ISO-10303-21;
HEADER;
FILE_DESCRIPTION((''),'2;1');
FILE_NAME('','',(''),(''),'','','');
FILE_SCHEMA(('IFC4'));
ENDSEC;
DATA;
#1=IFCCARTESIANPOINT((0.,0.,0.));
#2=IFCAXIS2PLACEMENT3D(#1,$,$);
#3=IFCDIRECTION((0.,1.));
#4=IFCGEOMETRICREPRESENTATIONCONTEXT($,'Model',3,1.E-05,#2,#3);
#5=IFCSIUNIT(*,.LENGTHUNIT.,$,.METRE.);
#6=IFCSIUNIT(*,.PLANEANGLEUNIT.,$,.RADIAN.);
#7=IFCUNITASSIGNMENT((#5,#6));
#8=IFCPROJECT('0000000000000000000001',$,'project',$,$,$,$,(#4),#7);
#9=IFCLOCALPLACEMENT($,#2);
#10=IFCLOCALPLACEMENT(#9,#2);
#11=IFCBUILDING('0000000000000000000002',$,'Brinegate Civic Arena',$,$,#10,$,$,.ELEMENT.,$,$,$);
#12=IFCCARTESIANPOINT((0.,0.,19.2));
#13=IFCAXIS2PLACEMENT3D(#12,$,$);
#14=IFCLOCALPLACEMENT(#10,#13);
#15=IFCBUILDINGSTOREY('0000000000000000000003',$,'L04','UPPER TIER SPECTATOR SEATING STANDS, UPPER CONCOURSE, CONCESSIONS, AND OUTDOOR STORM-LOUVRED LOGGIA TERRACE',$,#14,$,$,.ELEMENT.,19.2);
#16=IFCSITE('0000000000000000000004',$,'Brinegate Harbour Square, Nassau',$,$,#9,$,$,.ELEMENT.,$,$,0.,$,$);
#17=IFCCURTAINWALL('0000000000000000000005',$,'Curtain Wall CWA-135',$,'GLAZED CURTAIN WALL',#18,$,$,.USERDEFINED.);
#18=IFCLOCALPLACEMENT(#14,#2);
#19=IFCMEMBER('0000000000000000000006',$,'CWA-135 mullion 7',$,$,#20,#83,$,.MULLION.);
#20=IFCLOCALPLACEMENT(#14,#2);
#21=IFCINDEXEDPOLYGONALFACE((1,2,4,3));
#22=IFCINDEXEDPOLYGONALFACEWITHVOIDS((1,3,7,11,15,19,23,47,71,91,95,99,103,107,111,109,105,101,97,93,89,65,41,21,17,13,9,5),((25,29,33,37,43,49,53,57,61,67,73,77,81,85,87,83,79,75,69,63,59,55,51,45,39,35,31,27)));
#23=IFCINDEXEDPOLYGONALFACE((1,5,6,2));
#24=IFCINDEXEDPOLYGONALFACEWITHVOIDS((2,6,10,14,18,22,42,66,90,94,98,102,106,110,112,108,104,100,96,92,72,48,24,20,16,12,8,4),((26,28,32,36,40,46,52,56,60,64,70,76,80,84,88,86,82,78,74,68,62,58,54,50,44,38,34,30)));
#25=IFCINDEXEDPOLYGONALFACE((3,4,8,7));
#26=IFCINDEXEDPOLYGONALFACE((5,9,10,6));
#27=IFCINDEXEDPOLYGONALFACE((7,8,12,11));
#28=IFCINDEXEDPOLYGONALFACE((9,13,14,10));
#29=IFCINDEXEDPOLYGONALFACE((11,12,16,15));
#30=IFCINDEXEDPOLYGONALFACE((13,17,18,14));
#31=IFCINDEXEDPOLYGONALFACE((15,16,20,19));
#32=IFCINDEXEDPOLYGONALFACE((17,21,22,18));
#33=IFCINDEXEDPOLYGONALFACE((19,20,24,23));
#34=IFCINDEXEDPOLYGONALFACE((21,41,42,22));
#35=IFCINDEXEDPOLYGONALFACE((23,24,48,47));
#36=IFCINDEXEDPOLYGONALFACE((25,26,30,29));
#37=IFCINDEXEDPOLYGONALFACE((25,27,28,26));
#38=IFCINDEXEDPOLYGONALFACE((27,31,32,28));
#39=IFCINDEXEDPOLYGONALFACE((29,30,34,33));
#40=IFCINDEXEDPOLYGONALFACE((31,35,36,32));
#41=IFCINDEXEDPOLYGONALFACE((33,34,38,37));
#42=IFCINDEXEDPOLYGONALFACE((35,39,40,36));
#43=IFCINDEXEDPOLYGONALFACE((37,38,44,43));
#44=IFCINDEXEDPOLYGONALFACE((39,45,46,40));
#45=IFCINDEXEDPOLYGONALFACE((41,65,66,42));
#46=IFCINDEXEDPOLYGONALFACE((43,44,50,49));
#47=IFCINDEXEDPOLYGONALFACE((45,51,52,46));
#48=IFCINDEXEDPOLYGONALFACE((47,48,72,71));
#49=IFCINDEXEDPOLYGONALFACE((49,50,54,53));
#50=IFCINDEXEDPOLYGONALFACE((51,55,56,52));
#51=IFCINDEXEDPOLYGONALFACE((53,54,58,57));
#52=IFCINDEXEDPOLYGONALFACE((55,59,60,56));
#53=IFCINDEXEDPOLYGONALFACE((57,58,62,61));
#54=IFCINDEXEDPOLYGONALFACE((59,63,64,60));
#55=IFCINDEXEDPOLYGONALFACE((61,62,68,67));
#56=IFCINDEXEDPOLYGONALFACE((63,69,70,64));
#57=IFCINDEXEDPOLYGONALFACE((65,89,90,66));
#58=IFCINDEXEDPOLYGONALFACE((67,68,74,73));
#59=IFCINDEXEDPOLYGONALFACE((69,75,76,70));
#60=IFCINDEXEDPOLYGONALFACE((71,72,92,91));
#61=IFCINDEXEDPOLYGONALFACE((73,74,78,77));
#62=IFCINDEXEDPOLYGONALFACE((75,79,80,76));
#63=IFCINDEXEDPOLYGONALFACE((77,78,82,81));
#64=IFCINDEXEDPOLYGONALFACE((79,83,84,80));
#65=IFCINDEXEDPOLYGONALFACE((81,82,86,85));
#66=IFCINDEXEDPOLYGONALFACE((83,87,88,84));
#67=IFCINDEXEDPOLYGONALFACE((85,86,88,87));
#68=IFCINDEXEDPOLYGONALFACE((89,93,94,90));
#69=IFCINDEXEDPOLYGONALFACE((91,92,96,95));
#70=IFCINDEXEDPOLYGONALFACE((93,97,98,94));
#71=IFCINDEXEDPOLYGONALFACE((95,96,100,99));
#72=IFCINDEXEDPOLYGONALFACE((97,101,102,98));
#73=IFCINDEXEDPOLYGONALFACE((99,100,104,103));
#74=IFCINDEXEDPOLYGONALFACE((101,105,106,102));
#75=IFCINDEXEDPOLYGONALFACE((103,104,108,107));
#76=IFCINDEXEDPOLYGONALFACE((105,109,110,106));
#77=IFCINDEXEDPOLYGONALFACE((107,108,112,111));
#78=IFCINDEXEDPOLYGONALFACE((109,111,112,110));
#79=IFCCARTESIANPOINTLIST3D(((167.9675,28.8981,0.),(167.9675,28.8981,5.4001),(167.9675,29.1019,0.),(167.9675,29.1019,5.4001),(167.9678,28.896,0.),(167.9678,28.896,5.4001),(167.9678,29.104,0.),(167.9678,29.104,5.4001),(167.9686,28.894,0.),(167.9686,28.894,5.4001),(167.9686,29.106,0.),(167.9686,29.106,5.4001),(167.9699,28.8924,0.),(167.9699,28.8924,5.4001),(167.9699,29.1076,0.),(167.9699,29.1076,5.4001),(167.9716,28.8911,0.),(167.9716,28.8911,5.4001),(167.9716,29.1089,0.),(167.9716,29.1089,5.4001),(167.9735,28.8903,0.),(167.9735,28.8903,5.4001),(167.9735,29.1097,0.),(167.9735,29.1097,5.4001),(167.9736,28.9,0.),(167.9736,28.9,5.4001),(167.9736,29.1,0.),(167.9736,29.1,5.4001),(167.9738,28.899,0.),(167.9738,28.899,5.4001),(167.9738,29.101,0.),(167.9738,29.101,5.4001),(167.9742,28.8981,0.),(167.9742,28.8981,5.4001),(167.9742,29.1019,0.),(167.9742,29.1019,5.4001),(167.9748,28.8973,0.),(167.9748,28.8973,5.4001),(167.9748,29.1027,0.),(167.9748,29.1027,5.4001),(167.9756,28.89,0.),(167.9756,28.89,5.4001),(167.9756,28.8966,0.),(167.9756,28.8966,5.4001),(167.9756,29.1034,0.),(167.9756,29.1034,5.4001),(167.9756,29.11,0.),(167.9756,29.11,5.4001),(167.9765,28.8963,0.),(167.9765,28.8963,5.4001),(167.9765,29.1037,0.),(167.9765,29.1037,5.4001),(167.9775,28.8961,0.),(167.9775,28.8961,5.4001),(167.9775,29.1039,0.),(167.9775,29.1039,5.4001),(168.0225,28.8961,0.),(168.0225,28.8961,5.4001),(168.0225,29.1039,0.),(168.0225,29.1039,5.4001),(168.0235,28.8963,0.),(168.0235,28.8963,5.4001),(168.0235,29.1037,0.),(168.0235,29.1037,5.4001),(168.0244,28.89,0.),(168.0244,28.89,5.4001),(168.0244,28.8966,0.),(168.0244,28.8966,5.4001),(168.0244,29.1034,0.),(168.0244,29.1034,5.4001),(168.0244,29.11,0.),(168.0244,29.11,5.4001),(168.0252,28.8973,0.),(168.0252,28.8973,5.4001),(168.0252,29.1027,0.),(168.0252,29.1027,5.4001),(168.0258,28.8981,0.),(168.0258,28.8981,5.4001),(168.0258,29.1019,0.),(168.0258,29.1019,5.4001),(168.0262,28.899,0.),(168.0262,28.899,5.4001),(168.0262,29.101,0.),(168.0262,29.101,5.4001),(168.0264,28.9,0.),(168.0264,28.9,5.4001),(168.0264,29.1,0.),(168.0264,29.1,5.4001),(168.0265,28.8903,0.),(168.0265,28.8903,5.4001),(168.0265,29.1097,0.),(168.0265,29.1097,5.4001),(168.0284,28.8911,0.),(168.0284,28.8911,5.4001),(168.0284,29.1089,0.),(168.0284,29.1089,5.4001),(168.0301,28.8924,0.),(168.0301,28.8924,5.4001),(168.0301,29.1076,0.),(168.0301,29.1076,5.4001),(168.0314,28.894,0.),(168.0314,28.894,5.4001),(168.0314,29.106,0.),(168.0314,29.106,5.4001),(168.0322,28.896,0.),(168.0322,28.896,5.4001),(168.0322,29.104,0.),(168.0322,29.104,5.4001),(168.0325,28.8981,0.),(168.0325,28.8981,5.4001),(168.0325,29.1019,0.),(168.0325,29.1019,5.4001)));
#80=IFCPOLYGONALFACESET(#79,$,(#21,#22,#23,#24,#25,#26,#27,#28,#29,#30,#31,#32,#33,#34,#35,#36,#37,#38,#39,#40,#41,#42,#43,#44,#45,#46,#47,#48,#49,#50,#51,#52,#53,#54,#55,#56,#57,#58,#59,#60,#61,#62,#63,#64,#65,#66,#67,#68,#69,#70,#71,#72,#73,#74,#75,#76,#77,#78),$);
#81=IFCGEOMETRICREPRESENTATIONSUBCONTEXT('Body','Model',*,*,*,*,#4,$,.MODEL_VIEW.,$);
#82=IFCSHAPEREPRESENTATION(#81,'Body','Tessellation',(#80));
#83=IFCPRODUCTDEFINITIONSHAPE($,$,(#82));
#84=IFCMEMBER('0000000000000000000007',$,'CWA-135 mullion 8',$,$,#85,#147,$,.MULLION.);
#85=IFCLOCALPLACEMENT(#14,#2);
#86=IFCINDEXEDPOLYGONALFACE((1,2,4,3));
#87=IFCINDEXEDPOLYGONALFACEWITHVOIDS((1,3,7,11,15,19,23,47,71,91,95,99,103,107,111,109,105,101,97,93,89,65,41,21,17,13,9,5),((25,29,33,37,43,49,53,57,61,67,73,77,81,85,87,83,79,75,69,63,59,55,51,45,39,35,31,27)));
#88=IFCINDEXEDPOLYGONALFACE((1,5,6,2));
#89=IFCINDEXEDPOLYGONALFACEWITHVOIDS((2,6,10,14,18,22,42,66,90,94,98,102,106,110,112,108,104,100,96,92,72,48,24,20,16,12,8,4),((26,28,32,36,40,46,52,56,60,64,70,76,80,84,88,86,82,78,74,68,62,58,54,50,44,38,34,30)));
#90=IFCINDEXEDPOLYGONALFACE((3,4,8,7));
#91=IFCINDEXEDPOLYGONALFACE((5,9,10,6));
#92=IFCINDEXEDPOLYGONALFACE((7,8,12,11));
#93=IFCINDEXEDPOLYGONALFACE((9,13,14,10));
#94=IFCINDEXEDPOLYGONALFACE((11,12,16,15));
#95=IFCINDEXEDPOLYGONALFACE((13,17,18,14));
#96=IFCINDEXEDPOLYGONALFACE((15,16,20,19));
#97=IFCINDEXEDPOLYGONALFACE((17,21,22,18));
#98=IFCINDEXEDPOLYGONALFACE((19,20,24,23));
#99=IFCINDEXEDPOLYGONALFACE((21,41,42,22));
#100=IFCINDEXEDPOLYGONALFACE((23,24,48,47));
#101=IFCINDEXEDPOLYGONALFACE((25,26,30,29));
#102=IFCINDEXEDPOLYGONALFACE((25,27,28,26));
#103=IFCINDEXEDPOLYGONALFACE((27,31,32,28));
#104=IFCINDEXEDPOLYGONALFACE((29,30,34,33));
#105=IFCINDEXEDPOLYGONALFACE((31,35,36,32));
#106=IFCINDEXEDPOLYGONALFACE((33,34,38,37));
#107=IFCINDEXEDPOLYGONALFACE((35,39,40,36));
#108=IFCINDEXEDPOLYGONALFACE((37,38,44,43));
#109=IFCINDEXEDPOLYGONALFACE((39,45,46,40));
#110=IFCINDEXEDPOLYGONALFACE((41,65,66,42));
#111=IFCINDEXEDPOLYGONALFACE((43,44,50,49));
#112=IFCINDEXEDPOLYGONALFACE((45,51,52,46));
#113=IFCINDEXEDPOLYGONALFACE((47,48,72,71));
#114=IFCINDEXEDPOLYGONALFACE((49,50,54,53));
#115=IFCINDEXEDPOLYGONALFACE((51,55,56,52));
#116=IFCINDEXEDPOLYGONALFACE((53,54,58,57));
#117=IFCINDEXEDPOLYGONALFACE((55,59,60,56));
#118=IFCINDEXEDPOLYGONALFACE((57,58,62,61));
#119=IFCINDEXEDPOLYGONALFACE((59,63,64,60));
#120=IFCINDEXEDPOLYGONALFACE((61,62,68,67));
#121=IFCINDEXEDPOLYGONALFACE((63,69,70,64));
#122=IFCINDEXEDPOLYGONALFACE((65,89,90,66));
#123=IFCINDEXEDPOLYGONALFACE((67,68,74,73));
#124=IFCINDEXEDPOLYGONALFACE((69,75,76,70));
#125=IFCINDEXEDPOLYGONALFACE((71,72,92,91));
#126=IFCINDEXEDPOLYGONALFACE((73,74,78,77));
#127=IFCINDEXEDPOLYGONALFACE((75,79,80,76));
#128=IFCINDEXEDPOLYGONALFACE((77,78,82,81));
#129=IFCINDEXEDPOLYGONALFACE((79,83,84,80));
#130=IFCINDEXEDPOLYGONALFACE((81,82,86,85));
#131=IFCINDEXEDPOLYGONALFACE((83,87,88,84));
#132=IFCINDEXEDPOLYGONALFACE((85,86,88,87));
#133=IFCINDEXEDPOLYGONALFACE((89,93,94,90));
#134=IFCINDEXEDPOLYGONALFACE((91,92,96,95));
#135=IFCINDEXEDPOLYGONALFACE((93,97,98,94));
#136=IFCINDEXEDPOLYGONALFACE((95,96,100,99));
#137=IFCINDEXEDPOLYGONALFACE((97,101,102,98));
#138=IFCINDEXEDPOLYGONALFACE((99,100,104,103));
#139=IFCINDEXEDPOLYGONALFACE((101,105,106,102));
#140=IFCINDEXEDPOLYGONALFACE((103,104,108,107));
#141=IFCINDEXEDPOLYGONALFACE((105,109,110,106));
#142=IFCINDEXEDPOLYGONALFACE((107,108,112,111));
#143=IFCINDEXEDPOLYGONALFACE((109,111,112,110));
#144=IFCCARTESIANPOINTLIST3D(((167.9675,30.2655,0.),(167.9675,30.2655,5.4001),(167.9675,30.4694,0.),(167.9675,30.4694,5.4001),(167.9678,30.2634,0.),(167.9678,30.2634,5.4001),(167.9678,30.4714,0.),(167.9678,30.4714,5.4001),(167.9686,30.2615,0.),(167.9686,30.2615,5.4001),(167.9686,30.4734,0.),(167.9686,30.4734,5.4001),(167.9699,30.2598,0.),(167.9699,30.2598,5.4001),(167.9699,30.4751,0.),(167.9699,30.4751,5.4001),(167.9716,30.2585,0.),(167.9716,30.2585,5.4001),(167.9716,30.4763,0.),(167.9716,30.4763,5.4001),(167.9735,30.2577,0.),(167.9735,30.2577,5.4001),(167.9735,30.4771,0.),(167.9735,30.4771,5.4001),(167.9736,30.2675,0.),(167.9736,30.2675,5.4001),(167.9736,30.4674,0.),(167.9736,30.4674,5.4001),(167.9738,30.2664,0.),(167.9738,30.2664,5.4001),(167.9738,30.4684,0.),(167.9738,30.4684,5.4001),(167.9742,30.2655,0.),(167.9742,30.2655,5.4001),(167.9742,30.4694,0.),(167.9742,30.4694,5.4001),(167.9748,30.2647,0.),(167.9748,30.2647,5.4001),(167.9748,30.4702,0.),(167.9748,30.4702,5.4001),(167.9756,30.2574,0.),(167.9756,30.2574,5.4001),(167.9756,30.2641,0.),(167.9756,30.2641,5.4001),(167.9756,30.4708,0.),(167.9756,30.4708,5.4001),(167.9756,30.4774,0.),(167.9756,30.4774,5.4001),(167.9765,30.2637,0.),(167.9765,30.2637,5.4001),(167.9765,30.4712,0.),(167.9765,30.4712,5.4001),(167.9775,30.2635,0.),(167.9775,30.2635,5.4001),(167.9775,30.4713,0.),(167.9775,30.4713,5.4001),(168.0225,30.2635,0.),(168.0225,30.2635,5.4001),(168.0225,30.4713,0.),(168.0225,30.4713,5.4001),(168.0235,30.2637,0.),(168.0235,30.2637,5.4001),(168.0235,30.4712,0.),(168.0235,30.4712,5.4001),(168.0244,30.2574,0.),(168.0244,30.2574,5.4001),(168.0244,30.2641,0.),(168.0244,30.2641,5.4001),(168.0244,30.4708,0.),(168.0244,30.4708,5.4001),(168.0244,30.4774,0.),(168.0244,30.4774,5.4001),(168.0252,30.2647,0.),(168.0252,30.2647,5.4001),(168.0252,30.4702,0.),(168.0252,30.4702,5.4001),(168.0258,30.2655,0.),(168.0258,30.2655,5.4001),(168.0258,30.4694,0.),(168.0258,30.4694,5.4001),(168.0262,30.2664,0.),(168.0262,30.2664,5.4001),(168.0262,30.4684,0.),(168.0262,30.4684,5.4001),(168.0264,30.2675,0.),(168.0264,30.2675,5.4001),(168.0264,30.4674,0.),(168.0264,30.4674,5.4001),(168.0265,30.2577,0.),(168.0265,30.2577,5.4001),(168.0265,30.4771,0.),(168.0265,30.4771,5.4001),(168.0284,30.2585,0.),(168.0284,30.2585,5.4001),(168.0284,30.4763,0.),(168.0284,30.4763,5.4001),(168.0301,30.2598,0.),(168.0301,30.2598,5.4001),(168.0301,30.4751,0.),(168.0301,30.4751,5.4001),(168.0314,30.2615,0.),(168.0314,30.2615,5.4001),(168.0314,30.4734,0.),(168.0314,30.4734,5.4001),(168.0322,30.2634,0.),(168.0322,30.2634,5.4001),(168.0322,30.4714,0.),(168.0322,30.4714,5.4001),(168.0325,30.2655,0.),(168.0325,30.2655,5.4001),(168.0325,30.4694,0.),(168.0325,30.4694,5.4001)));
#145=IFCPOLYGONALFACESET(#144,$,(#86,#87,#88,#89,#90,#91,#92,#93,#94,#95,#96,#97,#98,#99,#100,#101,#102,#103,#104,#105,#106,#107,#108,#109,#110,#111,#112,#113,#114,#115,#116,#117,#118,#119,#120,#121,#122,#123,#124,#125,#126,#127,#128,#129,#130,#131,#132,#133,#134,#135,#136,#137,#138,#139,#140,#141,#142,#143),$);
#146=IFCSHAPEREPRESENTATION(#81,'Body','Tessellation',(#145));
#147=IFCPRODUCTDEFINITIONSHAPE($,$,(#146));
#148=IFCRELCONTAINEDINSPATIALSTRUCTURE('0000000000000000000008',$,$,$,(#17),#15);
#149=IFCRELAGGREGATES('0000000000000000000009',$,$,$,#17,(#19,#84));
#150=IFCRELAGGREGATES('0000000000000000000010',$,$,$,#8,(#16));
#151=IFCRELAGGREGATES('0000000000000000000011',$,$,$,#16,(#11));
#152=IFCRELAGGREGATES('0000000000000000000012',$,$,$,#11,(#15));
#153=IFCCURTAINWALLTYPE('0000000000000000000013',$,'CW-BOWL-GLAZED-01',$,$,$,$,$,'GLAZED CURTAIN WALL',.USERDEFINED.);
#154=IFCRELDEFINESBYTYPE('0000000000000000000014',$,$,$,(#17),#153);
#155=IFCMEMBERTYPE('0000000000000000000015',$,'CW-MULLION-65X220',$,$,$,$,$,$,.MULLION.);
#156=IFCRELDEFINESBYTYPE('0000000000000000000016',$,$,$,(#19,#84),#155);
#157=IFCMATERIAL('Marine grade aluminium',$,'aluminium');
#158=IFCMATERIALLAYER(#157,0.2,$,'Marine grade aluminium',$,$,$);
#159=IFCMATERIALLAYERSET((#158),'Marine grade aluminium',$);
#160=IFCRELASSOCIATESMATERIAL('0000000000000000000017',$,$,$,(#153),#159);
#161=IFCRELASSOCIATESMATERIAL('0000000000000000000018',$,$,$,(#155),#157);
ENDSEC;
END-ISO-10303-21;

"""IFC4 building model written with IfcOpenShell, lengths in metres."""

from ifc_helpers import new_model, si_unit, direction, frame, origin, origin_2d, place, context, subcontext, project, spatial, hollow_rectangle, extrude, material, layer, layer_set, material_profile, profile_set, type_object, element, aggregate, save


model = new_model("IFC4")

# Units and contexts
model_context = context("Model", 3, precision=1e-05, world=origin(), true_north=direction((0.0, 1.0)))
body_context = subcontext(model_context, "Body", "Model", "MODEL_VIEW")
ifc_project = project(units=[si_unit("LENGTHUNIT", "METRE"), si_unit("PLANEANGLEUNIT", "RADIAN")], contexts=[model_context])

# Site, building, storey
site_placement = place(None, origin())
site = spatial("IfcSite", under=ifc_project, at=site_placement, Name="Brinegate Harbour Square, Nassau", CompositionType="ELEMENT", RefElevation=0.0)
building_placement = place(site_placement, origin())
building = spatial("IfcBuilding", under=site, at=building_placement, Name="Brinegate Civic Arena", CompositionType="ELEMENT")
storey_placement = place(building_placement, frame((0.0, 0.0, 19.2)))
storey = spatial("IfcBuildingStorey", under=building, at=storey_placement, Name="L04", Description="UPPER TIER SPECTATOR SEATING STANDS, UPPER CONCOURSE, CONCESSIONS, AND OUTDOOR STORM-LOUVRED LOGGIA TERRACE", CompositionType="ELEMENT", Elevation=19.2)

# Curtain wall, members
ifc_material_1 = material(Name="Marine grade aluminium", Category="aluminium")
ifc_layer_1 = layer(ifc_material_1, 0.2, Name="Marine grade aluminium")
ifc_layer_set_1 = layer_set([ifc_layer_1], Name="Marine grade aluminium")
curtain_wall_type = type_object("IfcCurtainWallType", Name="CW-BOWL-GLAZED-01", ElementType="GLAZED CURTAIN WALL", PredefinedType="USERDEFINED", material=ifc_layer_set_1)
curtain_wall_placement = place(storey_placement, origin())
curtain_wall = element("IfcCurtainWall", 1, at=curtain_wall_placement, inside=storey, type_object=curtain_wall_type, Name="Curtain Wall CWA-135", ObjectType="GLAZED CURTAIN WALL", PredefinedType="USERDEFINED")
ifc_material_profile_1 = material_profile(ifc_material_1, hollow_rectangle(XDim=0.0649, YDim=0.22, WallThickness=0.0061, InnerFilletRadius=0.0039, OuterFilletRadius=0.0081, at=origin_2d()), Name="MUL65X220")
ifc_profile_set_1 = profile_set([ifc_material_profile_1], Name="Marine grade aluminium")
member_type_1 = type_object("IfcMemberType", Name="CW-MULLION-65X220", PredefinedType="MULLION", material=ifc_profile_set_1)
member_1_placement = place(storey_placement, frame((168.0, 29.0, 0.0), z_axis=(0.0, 0.0, 1.0), x_axis=(-1.0, 0.0, 0.0)))
member_1 = element("IfcMember", 2, at=member_1_placement, type_object=member_type_1, Name="CWA-135 mullion 7", PredefinedType="MULLION", context=body_context, shape_type="SweptSolid", body=[
    extrude(hollow_rectangle(XDim=0.0649, YDim=0.22, WallThickness=0.0061, InnerFilletRadius=0.0039, OuterFilletRadius=0.0081, at=origin_2d()), origin(), (0.0, 0.0, 1.0), 5.4001),
])
member_2_placement = place(storey_placement, frame((168.0, 30.3674, 0.0), z_axis=(0.0, 0.0, 1.0), x_axis=(-1.0, 0.0, 0.0)))
member_2 = element("IfcMember", 3, at=member_2_placement, type_object=member_type_1, Name="CWA-135 mullion 8", PredefinedType="MULLION", context=body_context, shape_type="SweptSolid", body=[
    extrude(hollow_rectangle(XDim=0.0649, YDim=0.22, WallThickness=0.0061, InnerFilletRadius=0.0039, OuterFilletRadius=0.0081, at=origin_2d()), origin(), (0.0, 0.0, 1.0), 5.4001),
])

aggregate(curtain_wall, [member_1, member_2])

save(model, "model.ifc")
